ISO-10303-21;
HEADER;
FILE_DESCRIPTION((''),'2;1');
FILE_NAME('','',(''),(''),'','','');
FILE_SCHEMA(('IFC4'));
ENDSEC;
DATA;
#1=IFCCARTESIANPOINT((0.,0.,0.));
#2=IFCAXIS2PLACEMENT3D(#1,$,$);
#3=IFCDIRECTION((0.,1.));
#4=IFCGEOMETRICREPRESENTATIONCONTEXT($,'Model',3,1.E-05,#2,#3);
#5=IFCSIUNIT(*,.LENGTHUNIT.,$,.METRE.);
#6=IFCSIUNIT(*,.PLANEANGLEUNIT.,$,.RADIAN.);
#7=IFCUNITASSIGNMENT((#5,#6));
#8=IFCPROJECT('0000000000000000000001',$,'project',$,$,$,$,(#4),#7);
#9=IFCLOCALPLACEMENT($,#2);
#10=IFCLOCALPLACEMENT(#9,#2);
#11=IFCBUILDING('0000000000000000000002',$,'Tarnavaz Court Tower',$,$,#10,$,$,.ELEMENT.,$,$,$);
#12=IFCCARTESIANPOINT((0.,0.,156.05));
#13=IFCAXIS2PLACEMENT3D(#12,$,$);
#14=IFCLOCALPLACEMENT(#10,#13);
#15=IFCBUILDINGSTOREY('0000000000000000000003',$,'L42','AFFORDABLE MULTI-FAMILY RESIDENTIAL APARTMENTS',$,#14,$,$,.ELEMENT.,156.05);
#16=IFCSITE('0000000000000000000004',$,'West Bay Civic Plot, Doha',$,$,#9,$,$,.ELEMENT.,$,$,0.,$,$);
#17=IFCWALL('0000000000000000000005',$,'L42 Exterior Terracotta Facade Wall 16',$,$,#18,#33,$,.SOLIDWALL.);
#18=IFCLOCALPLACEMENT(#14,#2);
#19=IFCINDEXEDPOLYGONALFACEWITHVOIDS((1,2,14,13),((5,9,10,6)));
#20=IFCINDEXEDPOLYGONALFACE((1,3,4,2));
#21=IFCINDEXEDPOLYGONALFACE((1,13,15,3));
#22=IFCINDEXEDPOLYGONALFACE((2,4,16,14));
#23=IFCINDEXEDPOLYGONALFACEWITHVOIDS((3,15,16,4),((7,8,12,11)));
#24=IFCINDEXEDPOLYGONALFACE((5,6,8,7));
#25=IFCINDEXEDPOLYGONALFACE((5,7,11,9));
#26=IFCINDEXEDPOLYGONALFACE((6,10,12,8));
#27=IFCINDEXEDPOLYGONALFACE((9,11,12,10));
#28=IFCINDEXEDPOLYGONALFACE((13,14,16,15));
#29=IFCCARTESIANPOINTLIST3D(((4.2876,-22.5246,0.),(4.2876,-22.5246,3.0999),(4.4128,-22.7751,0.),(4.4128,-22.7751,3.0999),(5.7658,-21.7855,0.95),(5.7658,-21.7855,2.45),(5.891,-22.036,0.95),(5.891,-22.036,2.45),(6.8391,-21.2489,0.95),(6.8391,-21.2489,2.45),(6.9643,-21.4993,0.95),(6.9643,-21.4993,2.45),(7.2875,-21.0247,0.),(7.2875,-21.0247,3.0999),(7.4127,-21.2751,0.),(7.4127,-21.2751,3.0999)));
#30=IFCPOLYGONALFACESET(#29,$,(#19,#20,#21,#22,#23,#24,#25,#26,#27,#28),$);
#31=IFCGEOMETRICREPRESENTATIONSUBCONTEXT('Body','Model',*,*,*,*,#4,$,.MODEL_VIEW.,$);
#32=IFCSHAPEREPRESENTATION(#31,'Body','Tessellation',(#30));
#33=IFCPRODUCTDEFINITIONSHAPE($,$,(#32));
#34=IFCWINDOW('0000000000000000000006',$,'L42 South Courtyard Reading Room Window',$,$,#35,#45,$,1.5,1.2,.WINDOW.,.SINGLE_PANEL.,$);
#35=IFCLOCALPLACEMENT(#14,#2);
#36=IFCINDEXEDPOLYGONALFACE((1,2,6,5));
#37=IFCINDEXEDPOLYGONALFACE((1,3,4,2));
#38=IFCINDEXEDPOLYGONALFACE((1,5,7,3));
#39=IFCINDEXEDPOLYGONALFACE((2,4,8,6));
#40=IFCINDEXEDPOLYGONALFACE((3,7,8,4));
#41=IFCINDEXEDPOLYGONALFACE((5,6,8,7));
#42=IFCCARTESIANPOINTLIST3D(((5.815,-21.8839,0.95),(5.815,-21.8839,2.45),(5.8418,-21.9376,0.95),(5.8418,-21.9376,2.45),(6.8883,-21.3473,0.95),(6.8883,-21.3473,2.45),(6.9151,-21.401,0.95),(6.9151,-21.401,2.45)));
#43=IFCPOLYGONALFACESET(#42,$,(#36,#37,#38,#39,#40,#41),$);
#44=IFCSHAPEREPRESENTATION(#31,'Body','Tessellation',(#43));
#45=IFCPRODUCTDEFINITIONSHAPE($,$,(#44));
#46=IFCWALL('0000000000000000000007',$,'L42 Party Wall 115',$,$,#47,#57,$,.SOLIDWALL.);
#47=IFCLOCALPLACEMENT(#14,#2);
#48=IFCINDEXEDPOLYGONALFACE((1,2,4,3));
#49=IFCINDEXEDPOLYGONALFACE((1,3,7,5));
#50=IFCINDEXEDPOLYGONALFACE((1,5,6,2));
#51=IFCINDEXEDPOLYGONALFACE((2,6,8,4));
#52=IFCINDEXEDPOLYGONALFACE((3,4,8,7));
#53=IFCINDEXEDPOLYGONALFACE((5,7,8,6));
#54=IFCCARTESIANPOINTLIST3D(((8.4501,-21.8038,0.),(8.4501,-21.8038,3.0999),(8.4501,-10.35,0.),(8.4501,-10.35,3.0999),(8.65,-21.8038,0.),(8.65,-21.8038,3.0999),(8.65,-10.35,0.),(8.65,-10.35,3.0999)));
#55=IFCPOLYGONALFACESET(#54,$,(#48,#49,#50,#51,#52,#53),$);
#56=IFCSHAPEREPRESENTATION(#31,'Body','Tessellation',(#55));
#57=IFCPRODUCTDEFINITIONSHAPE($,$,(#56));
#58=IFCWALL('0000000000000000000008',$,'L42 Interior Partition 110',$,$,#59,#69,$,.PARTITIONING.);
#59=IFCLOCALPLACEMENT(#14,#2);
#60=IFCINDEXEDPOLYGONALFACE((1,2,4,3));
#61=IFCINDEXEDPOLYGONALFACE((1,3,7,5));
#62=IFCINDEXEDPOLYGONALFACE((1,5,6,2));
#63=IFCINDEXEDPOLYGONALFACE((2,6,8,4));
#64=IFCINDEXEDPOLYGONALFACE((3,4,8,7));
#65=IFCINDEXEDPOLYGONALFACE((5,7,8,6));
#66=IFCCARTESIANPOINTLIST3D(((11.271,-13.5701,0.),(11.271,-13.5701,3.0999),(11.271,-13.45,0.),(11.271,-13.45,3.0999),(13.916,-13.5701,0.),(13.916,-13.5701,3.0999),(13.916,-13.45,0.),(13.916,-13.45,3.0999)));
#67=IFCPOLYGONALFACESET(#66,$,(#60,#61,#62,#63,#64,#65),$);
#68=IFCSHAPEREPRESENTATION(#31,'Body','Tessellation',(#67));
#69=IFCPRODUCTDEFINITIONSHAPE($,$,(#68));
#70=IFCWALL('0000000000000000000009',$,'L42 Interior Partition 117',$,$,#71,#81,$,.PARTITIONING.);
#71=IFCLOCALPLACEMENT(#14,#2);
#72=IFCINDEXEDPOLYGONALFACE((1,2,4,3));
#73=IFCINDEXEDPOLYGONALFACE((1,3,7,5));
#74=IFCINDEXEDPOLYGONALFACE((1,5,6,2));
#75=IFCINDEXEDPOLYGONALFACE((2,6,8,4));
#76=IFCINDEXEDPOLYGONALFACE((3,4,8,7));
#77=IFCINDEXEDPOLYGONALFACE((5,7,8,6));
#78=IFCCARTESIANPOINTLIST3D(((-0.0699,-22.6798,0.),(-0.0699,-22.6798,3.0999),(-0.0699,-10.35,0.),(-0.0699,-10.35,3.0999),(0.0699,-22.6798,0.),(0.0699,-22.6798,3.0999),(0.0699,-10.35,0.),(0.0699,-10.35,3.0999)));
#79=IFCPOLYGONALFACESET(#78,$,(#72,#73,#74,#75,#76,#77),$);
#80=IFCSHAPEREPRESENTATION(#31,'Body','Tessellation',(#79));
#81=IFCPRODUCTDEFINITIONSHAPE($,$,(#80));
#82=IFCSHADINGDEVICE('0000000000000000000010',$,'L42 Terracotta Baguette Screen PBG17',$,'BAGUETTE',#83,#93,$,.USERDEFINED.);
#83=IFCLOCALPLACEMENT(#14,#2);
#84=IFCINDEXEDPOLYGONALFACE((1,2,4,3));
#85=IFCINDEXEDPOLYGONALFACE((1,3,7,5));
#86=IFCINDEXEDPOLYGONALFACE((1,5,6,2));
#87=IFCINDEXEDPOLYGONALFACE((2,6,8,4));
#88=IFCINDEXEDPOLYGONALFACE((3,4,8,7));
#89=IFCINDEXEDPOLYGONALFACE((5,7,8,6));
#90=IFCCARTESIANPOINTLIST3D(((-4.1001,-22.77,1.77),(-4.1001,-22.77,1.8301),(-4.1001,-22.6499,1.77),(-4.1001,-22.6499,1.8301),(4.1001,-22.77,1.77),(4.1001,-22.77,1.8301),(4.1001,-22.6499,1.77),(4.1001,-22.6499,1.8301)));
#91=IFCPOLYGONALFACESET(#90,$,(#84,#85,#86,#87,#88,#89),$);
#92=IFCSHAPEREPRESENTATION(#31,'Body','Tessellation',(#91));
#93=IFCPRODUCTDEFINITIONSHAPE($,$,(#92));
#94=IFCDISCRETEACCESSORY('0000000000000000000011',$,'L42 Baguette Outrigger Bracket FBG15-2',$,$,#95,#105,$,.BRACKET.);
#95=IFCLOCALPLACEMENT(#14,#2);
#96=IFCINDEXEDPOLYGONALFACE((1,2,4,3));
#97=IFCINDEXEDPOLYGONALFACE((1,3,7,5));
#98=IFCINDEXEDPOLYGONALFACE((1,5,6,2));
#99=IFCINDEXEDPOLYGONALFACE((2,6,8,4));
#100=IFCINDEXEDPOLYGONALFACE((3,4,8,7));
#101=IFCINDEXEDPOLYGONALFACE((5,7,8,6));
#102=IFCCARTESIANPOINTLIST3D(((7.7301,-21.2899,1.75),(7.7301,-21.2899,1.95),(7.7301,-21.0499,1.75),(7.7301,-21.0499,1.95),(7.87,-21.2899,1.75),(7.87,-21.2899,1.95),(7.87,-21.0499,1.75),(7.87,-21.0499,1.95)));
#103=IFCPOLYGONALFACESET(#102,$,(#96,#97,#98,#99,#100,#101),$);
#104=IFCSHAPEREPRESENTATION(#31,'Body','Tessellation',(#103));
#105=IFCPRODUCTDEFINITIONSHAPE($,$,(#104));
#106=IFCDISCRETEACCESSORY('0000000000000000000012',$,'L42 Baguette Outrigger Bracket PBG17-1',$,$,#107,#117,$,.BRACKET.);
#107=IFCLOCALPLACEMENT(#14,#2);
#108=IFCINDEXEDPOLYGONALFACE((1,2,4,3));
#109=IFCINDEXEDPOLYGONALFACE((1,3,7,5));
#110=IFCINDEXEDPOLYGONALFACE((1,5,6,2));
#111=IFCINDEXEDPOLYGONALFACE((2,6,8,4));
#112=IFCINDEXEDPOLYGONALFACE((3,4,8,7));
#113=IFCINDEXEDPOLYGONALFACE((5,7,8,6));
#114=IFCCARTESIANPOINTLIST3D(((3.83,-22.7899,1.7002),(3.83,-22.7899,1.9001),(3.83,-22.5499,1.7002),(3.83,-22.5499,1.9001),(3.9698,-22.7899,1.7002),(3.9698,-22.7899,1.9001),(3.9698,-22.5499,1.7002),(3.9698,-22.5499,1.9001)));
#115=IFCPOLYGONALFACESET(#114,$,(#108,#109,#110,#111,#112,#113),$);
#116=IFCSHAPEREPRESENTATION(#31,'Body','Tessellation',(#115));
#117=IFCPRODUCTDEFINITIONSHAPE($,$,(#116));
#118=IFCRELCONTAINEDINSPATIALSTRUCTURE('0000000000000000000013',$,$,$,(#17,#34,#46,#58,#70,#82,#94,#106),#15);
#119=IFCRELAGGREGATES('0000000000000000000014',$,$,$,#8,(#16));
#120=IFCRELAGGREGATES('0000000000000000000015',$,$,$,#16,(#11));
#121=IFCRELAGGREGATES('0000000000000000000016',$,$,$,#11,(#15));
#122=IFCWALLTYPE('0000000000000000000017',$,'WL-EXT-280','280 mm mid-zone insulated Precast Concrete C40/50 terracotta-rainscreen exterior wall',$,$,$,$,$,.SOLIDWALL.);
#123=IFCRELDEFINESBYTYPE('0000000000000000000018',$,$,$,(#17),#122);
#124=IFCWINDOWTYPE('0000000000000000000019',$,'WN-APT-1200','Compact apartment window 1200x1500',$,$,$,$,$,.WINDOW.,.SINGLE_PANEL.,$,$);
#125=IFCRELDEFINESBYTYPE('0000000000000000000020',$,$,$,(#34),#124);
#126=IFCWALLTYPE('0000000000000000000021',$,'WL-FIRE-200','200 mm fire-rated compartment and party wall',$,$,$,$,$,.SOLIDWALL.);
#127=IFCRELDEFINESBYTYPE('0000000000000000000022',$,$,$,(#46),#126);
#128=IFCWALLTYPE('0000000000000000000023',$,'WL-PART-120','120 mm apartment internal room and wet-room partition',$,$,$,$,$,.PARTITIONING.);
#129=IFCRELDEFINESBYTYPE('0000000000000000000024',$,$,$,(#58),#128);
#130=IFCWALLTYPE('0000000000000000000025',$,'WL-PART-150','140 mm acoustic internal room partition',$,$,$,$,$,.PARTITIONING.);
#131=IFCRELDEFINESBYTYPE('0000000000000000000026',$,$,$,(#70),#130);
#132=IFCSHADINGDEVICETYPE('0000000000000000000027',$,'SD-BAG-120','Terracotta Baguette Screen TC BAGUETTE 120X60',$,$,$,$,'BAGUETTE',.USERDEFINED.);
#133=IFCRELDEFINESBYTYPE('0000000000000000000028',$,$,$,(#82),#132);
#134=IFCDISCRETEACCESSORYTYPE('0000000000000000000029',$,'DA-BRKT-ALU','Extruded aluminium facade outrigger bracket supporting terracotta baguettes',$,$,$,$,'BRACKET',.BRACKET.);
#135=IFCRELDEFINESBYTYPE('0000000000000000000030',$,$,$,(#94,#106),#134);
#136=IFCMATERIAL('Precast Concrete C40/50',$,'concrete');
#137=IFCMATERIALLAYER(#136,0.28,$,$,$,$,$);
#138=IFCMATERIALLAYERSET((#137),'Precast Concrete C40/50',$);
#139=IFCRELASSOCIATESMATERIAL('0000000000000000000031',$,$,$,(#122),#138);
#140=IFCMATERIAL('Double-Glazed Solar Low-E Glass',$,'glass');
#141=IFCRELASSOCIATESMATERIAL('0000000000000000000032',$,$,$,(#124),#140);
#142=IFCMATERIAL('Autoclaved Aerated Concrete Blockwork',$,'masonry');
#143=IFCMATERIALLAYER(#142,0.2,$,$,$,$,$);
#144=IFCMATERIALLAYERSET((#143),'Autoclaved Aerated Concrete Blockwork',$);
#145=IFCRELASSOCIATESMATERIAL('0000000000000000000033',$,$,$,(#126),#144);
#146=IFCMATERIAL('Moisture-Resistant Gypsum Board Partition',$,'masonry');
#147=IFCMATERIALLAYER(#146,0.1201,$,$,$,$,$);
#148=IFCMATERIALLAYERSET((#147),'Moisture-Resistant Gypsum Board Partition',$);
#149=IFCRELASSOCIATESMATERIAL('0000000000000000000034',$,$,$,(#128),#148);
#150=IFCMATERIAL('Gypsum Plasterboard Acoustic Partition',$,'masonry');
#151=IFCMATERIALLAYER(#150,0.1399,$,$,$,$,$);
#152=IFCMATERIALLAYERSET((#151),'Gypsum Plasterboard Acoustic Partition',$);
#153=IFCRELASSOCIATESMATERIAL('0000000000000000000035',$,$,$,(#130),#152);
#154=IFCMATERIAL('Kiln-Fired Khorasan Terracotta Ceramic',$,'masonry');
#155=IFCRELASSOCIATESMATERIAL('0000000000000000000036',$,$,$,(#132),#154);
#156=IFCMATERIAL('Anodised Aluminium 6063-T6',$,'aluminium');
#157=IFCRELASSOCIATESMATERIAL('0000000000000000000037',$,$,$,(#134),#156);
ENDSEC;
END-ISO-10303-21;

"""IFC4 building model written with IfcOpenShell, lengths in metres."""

from ifc_helpers import new_model, si_unit, direction, frame, frame_2d, origin, origin_2d, place, context, subcontext, project, spatial, rectangle, extrude, material, layer, layer_set, material_profile, profile_set, type_object, element, fill, save


model = new_model("IFC4")

# Units and contexts
model_context = context("Model", 3, precision=1e-05, world=origin(), true_north=direction((0.0, 1.0)))
body_context = subcontext(model_context, "Body", "Model", "MODEL_VIEW")
ifc_project = project(units=[si_unit("LENGTHUNIT", "METRE"), si_unit("PLANEANGLEUNIT", "RADIAN")], contexts=[model_context])

# Site, building, storey
site_placement = place(None, origin())
site = spatial("IfcSite", under=ifc_project, at=site_placement, Name="West Bay Civic Plot, Doha", CompositionType="ELEMENT", RefElevation=0.0)
building_placement = place(site_placement, origin())
building = spatial("IfcBuilding", under=site, at=building_placement, Name="Tarnavaz Court Tower", CompositionType="ELEMENT")
storey_placement = place(building_placement, frame((0.0, 0.0, 156.05)))
storey = spatial("IfcBuildingStorey", under=building, at=storey_placement, Name="L42", Description="AFFORDABLE MULTI-FAMILY RESIDENTIAL APARTMENTS", CompositionType="ELEMENT", Elevation=156.05)

# Shared definitions
ifc_material_1 = material(Name="Anodised Aluminium 6063-T6", Category="aluminium")
ifc_material_2 = material(Name="Double-Glazed Solar Low-E Glass", Category="glass")

# Wall, opening, window
ifc_material_3 = material(Name="Precast Concrete C40/50", Category="concrete")
ifc_layer_1 = layer(ifc_material_3, 0.28)
ifc_layer_set_1 = layer_set([ifc_layer_1], Name="Precast Concrete C40/50")
wall_type_1 = type_object("IfcWallType", Name="WL-EXT-280", Description="280 mm mid-zone insulated Precast Concrete C40/50 terracotta-rainscreen exterior wall", PredefinedType="SOLIDWALL", material=ifc_layer_set_1)
wall_1_placement = place(storey_placement, frame((7.3501, -21.1499, 0.0), z_axis=(0.0, 0.0, 1.0), x_axis=(-0.894427, -0.447214, 0.0)))
wall_1 = element("IfcWall", 1, at=wall_1_placement, inside=storey, type_object=wall_type_1, Name="L42 Exterior Terracotta Facade Wall 16", PredefinedType="SOLIDWALL", context=body_context, shape_type="SweptSolid", body=[
    extrude(rectangle(XDim=3.354, YDim=0.28, at=frame_2d((1.677, 0.0))), origin(), (0.0, 0.0, 1.0), 3.0999),
])
opening_placement = place(wall_1_placement, frame((0.5012, 0.0, 0.95)))
opening = element("IfcOpeningElement", 2, at=opening_placement, cuts=wall_1, PredefinedType="OPENING", context=body_context, shape_type="SweptSolid", body=[
    extrude(rectangle(XDim=1.2, YDim=1.5, at=frame_2d((0.6001, 0.75))), frame((0.0, 0.1499, 0.0), z_axis=(0.0, -1.0, 0.0), x_axis=(1.0, 0.0, 0.0)), (0.0, 0.0, 1.0), 0.3),
])
window_type = type_object("IfcWindowType", Name="WN-APT-1200", Description="Compact apartment window 1200x1500", PartitioningType="SINGLE_PANEL", PredefinedType="WINDOW", material=ifc_material_2)
window_placement = place(opening_placement, origin())
window = element("IfcWindow", 3, at=window_placement, inside=storey, type_object=window_type, Name="L42 South Courtyard Reading Room Window", OverallHeight=1.5, OverallWidth=1.2, PartitioningType="SINGLE_PANEL", PredefinedType="WINDOW", context=body_context, shape_type="SweptSolid", body=[
    extrude(rectangle(XDim=1.2, YDim=1.5, at=frame_2d((0.6001, 0.75))), frame((0.0, 0.03, 0.0), z_axis=(0.0, -1.0, 0.0), x_axis=(1.0, 0.0, 0.0)), (0.0, 0.0, 1.0), 0.0601),
])
fill(opening, window)

# Walls
ifc_material_4 = material(Name="Autoclaved Aerated Concrete Blockwork", Category="masonry")
ifc_layer_2 = layer(ifc_material_4, 0.2)
ifc_layer_set_2 = layer_set([ifc_layer_2], Name="Autoclaved Aerated Concrete Blockwork")
wall_type_2 = type_object("IfcWallType", Name="WL-FIRE-200", Description="200 mm fire-rated compartment and party wall", PredefinedType="SOLIDWALL", material=ifc_layer_set_2)
wall_2_placement = place(storey_placement, frame((8.55, -21.804, 0.0), z_axis=(0.0, 0.0, 1.0), x_axis=(0.0, 1.0, 0.0)))
element("IfcWall", 4, at=wall_2_placement, inside=storey, type_object=wall_type_2, Name="L42 Party Wall 115", PredefinedType="SOLIDWALL", context=body_context, shape_type="SweptSolid", body=[
    extrude(rectangle(XDim=11.4539, YDim=0.2, at=frame_2d((5.7271, 0.0))), origin(), (0.0, 0.0, 1.0), 3.0999),
])
ifc_material_5 = material(Name="Moisture-Resistant Gypsum Board Partition", Category="masonry")
ifc_layer_3 = layer(ifc_material_5, 0.1201)
ifc_layer_set_3 = layer_set([ifc_layer_3], Name="Moisture-Resistant Gypsum Board Partition")
wall_type_3 = type_object("IfcWallType", Name="WL-PART-120", Description="120 mm apartment internal room and wet-room partition", PredefinedType="PARTITIONING", material=ifc_layer_set_3)
wall_3_placement = place(storey_placement, frame((11.271, -13.51, 0.0), z_axis=(0.0, 0.0, 1.0), x_axis=(1.0, 0.0, 0.0)))
element("IfcWall", 5, at=wall_3_placement, inside=storey, type_object=wall_type_3, Name="L42 Interior Partition 110", PredefinedType="PARTITIONING", context=body_context, shape_type="SweptSolid", body=[
    extrude(rectangle(XDim=2.645, YDim=0.1201, at=frame_2d((1.3225, 0.0))), origin(), (0.0, 0.0, 1.0), 3.0999),
])
ifc_material_6 = material(Name="Gypsum Plasterboard Acoustic Partition", Category="masonry")
ifc_layer_4 = layer(ifc_material_6, 0.1399)
ifc_layer_set_4 = layer_set([ifc_layer_4], Name="Gypsum Plasterboard Acoustic Partition")
wall_type_4 = type_object("IfcWallType", Name="WL-PART-150", Description="140 mm acoustic internal room partition", PredefinedType="PARTITIONING", material=ifc_layer_set_4)
wall_4_placement = place(storey_placement, frame((0.0, -22.6799, 0.0), z_axis=(0.0, 0.0, 1.0), x_axis=(0.0, 1.0, 0.0)))
element("IfcWall", 6, at=wall_4_placement, inside=storey, type_object=wall_type_4, Name="L42 Interior Partition 117", PredefinedType="PARTITIONING", context=body_context, shape_type="SweptSolid", body=[
    extrude(rectangle(XDim=12.3298, YDim=0.1399, at=frame_2d((6.165, 0.0))), origin(), (0.0, 0.0, 1.0), 3.0999),
])

# Shading device
ifc_material_7 = material(Name="Kiln-Fired Khorasan Terracotta Ceramic", Category="masonry")
ifc_material_profile_1 = material_profile(ifc_material_7, rectangle(XDim=0.1201, YDim=0.0601, at=origin_2d()), Name="TC BAGUETTE 120X60")
ifc_profile_set_1 = profile_set([ifc_material_profile_1], Name="Kiln-Fired Khorasan Terracotta Ceramic")
shading_device_type = type_object("IfcShadingDeviceType", Name="SD-BAG-120", Description="Terracotta Baguette Screen TC BAGUETTE 120X60", ElementType="BAGUETTE", PredefinedType="USERDEFINED", material=ifc_profile_set_1)
shading_device_placement = place(storey_placement, frame((4.1001, -22.71, 1.8), z_axis=(-1.0, 0.0, 0.0), x_axis=(0.0, -1.0, 0.0)))
element("IfcShadingDevice", 7, at=shading_device_placement, inside=storey, type_object=shading_device_type, Name="L42 Terracotta Baguette Screen PBG17", ObjectType="BAGUETTE", PredefinedType="USERDEFINED", context=body_context, shape_type="SweptSolid", body=[
    extrude(rectangle(XDim=0.1201, YDim=0.0601, at=origin_2d()), origin(), (0.0, 0.0, 1.0), 8.2002),
])

# Discrete accessories
discrete_accessory_type = type_object("IfcDiscreteAccessoryType", Name="DA-BRKT-ALU", Description="Extruded aluminium facade outrigger bracket supporting terracotta baguettes", ElementType="BRACKET", PredefinedType="BRACKET", material=ifc_material_1)
for number, where, z_axis, x_axis, name in (
    (8, (7.8, -21.1699, 1.75), (0.0, 0.0, 1.0), (-1.0, 0.0, 0.0), "L42 Baguette Outrigger Bracket FBG15-2"),
    (9, (3.8999, -22.6699, 1.7002), (0.0, 0.0, 1.0), (-1.0, 0.0, 0.0), "L42 Baguette Outrigger Bracket PBG17-1"),
):
    element("IfcDiscreteAccessory", number, at=place(storey_placement, frame(where, z_axis=z_axis, x_axis=x_axis)), inside=storey, type_object=discrete_accessory_type, Name=name, PredefinedType="BRACKET", context=body_context, shape_type="SweptSolid", body=[
        extrude(rectangle(XDim=0.1399, YDim=0.24, at=origin_2d()), origin(), (0.0, 0.0, 1.0), 0.2),
    ])

save(model, "model.ifc")
